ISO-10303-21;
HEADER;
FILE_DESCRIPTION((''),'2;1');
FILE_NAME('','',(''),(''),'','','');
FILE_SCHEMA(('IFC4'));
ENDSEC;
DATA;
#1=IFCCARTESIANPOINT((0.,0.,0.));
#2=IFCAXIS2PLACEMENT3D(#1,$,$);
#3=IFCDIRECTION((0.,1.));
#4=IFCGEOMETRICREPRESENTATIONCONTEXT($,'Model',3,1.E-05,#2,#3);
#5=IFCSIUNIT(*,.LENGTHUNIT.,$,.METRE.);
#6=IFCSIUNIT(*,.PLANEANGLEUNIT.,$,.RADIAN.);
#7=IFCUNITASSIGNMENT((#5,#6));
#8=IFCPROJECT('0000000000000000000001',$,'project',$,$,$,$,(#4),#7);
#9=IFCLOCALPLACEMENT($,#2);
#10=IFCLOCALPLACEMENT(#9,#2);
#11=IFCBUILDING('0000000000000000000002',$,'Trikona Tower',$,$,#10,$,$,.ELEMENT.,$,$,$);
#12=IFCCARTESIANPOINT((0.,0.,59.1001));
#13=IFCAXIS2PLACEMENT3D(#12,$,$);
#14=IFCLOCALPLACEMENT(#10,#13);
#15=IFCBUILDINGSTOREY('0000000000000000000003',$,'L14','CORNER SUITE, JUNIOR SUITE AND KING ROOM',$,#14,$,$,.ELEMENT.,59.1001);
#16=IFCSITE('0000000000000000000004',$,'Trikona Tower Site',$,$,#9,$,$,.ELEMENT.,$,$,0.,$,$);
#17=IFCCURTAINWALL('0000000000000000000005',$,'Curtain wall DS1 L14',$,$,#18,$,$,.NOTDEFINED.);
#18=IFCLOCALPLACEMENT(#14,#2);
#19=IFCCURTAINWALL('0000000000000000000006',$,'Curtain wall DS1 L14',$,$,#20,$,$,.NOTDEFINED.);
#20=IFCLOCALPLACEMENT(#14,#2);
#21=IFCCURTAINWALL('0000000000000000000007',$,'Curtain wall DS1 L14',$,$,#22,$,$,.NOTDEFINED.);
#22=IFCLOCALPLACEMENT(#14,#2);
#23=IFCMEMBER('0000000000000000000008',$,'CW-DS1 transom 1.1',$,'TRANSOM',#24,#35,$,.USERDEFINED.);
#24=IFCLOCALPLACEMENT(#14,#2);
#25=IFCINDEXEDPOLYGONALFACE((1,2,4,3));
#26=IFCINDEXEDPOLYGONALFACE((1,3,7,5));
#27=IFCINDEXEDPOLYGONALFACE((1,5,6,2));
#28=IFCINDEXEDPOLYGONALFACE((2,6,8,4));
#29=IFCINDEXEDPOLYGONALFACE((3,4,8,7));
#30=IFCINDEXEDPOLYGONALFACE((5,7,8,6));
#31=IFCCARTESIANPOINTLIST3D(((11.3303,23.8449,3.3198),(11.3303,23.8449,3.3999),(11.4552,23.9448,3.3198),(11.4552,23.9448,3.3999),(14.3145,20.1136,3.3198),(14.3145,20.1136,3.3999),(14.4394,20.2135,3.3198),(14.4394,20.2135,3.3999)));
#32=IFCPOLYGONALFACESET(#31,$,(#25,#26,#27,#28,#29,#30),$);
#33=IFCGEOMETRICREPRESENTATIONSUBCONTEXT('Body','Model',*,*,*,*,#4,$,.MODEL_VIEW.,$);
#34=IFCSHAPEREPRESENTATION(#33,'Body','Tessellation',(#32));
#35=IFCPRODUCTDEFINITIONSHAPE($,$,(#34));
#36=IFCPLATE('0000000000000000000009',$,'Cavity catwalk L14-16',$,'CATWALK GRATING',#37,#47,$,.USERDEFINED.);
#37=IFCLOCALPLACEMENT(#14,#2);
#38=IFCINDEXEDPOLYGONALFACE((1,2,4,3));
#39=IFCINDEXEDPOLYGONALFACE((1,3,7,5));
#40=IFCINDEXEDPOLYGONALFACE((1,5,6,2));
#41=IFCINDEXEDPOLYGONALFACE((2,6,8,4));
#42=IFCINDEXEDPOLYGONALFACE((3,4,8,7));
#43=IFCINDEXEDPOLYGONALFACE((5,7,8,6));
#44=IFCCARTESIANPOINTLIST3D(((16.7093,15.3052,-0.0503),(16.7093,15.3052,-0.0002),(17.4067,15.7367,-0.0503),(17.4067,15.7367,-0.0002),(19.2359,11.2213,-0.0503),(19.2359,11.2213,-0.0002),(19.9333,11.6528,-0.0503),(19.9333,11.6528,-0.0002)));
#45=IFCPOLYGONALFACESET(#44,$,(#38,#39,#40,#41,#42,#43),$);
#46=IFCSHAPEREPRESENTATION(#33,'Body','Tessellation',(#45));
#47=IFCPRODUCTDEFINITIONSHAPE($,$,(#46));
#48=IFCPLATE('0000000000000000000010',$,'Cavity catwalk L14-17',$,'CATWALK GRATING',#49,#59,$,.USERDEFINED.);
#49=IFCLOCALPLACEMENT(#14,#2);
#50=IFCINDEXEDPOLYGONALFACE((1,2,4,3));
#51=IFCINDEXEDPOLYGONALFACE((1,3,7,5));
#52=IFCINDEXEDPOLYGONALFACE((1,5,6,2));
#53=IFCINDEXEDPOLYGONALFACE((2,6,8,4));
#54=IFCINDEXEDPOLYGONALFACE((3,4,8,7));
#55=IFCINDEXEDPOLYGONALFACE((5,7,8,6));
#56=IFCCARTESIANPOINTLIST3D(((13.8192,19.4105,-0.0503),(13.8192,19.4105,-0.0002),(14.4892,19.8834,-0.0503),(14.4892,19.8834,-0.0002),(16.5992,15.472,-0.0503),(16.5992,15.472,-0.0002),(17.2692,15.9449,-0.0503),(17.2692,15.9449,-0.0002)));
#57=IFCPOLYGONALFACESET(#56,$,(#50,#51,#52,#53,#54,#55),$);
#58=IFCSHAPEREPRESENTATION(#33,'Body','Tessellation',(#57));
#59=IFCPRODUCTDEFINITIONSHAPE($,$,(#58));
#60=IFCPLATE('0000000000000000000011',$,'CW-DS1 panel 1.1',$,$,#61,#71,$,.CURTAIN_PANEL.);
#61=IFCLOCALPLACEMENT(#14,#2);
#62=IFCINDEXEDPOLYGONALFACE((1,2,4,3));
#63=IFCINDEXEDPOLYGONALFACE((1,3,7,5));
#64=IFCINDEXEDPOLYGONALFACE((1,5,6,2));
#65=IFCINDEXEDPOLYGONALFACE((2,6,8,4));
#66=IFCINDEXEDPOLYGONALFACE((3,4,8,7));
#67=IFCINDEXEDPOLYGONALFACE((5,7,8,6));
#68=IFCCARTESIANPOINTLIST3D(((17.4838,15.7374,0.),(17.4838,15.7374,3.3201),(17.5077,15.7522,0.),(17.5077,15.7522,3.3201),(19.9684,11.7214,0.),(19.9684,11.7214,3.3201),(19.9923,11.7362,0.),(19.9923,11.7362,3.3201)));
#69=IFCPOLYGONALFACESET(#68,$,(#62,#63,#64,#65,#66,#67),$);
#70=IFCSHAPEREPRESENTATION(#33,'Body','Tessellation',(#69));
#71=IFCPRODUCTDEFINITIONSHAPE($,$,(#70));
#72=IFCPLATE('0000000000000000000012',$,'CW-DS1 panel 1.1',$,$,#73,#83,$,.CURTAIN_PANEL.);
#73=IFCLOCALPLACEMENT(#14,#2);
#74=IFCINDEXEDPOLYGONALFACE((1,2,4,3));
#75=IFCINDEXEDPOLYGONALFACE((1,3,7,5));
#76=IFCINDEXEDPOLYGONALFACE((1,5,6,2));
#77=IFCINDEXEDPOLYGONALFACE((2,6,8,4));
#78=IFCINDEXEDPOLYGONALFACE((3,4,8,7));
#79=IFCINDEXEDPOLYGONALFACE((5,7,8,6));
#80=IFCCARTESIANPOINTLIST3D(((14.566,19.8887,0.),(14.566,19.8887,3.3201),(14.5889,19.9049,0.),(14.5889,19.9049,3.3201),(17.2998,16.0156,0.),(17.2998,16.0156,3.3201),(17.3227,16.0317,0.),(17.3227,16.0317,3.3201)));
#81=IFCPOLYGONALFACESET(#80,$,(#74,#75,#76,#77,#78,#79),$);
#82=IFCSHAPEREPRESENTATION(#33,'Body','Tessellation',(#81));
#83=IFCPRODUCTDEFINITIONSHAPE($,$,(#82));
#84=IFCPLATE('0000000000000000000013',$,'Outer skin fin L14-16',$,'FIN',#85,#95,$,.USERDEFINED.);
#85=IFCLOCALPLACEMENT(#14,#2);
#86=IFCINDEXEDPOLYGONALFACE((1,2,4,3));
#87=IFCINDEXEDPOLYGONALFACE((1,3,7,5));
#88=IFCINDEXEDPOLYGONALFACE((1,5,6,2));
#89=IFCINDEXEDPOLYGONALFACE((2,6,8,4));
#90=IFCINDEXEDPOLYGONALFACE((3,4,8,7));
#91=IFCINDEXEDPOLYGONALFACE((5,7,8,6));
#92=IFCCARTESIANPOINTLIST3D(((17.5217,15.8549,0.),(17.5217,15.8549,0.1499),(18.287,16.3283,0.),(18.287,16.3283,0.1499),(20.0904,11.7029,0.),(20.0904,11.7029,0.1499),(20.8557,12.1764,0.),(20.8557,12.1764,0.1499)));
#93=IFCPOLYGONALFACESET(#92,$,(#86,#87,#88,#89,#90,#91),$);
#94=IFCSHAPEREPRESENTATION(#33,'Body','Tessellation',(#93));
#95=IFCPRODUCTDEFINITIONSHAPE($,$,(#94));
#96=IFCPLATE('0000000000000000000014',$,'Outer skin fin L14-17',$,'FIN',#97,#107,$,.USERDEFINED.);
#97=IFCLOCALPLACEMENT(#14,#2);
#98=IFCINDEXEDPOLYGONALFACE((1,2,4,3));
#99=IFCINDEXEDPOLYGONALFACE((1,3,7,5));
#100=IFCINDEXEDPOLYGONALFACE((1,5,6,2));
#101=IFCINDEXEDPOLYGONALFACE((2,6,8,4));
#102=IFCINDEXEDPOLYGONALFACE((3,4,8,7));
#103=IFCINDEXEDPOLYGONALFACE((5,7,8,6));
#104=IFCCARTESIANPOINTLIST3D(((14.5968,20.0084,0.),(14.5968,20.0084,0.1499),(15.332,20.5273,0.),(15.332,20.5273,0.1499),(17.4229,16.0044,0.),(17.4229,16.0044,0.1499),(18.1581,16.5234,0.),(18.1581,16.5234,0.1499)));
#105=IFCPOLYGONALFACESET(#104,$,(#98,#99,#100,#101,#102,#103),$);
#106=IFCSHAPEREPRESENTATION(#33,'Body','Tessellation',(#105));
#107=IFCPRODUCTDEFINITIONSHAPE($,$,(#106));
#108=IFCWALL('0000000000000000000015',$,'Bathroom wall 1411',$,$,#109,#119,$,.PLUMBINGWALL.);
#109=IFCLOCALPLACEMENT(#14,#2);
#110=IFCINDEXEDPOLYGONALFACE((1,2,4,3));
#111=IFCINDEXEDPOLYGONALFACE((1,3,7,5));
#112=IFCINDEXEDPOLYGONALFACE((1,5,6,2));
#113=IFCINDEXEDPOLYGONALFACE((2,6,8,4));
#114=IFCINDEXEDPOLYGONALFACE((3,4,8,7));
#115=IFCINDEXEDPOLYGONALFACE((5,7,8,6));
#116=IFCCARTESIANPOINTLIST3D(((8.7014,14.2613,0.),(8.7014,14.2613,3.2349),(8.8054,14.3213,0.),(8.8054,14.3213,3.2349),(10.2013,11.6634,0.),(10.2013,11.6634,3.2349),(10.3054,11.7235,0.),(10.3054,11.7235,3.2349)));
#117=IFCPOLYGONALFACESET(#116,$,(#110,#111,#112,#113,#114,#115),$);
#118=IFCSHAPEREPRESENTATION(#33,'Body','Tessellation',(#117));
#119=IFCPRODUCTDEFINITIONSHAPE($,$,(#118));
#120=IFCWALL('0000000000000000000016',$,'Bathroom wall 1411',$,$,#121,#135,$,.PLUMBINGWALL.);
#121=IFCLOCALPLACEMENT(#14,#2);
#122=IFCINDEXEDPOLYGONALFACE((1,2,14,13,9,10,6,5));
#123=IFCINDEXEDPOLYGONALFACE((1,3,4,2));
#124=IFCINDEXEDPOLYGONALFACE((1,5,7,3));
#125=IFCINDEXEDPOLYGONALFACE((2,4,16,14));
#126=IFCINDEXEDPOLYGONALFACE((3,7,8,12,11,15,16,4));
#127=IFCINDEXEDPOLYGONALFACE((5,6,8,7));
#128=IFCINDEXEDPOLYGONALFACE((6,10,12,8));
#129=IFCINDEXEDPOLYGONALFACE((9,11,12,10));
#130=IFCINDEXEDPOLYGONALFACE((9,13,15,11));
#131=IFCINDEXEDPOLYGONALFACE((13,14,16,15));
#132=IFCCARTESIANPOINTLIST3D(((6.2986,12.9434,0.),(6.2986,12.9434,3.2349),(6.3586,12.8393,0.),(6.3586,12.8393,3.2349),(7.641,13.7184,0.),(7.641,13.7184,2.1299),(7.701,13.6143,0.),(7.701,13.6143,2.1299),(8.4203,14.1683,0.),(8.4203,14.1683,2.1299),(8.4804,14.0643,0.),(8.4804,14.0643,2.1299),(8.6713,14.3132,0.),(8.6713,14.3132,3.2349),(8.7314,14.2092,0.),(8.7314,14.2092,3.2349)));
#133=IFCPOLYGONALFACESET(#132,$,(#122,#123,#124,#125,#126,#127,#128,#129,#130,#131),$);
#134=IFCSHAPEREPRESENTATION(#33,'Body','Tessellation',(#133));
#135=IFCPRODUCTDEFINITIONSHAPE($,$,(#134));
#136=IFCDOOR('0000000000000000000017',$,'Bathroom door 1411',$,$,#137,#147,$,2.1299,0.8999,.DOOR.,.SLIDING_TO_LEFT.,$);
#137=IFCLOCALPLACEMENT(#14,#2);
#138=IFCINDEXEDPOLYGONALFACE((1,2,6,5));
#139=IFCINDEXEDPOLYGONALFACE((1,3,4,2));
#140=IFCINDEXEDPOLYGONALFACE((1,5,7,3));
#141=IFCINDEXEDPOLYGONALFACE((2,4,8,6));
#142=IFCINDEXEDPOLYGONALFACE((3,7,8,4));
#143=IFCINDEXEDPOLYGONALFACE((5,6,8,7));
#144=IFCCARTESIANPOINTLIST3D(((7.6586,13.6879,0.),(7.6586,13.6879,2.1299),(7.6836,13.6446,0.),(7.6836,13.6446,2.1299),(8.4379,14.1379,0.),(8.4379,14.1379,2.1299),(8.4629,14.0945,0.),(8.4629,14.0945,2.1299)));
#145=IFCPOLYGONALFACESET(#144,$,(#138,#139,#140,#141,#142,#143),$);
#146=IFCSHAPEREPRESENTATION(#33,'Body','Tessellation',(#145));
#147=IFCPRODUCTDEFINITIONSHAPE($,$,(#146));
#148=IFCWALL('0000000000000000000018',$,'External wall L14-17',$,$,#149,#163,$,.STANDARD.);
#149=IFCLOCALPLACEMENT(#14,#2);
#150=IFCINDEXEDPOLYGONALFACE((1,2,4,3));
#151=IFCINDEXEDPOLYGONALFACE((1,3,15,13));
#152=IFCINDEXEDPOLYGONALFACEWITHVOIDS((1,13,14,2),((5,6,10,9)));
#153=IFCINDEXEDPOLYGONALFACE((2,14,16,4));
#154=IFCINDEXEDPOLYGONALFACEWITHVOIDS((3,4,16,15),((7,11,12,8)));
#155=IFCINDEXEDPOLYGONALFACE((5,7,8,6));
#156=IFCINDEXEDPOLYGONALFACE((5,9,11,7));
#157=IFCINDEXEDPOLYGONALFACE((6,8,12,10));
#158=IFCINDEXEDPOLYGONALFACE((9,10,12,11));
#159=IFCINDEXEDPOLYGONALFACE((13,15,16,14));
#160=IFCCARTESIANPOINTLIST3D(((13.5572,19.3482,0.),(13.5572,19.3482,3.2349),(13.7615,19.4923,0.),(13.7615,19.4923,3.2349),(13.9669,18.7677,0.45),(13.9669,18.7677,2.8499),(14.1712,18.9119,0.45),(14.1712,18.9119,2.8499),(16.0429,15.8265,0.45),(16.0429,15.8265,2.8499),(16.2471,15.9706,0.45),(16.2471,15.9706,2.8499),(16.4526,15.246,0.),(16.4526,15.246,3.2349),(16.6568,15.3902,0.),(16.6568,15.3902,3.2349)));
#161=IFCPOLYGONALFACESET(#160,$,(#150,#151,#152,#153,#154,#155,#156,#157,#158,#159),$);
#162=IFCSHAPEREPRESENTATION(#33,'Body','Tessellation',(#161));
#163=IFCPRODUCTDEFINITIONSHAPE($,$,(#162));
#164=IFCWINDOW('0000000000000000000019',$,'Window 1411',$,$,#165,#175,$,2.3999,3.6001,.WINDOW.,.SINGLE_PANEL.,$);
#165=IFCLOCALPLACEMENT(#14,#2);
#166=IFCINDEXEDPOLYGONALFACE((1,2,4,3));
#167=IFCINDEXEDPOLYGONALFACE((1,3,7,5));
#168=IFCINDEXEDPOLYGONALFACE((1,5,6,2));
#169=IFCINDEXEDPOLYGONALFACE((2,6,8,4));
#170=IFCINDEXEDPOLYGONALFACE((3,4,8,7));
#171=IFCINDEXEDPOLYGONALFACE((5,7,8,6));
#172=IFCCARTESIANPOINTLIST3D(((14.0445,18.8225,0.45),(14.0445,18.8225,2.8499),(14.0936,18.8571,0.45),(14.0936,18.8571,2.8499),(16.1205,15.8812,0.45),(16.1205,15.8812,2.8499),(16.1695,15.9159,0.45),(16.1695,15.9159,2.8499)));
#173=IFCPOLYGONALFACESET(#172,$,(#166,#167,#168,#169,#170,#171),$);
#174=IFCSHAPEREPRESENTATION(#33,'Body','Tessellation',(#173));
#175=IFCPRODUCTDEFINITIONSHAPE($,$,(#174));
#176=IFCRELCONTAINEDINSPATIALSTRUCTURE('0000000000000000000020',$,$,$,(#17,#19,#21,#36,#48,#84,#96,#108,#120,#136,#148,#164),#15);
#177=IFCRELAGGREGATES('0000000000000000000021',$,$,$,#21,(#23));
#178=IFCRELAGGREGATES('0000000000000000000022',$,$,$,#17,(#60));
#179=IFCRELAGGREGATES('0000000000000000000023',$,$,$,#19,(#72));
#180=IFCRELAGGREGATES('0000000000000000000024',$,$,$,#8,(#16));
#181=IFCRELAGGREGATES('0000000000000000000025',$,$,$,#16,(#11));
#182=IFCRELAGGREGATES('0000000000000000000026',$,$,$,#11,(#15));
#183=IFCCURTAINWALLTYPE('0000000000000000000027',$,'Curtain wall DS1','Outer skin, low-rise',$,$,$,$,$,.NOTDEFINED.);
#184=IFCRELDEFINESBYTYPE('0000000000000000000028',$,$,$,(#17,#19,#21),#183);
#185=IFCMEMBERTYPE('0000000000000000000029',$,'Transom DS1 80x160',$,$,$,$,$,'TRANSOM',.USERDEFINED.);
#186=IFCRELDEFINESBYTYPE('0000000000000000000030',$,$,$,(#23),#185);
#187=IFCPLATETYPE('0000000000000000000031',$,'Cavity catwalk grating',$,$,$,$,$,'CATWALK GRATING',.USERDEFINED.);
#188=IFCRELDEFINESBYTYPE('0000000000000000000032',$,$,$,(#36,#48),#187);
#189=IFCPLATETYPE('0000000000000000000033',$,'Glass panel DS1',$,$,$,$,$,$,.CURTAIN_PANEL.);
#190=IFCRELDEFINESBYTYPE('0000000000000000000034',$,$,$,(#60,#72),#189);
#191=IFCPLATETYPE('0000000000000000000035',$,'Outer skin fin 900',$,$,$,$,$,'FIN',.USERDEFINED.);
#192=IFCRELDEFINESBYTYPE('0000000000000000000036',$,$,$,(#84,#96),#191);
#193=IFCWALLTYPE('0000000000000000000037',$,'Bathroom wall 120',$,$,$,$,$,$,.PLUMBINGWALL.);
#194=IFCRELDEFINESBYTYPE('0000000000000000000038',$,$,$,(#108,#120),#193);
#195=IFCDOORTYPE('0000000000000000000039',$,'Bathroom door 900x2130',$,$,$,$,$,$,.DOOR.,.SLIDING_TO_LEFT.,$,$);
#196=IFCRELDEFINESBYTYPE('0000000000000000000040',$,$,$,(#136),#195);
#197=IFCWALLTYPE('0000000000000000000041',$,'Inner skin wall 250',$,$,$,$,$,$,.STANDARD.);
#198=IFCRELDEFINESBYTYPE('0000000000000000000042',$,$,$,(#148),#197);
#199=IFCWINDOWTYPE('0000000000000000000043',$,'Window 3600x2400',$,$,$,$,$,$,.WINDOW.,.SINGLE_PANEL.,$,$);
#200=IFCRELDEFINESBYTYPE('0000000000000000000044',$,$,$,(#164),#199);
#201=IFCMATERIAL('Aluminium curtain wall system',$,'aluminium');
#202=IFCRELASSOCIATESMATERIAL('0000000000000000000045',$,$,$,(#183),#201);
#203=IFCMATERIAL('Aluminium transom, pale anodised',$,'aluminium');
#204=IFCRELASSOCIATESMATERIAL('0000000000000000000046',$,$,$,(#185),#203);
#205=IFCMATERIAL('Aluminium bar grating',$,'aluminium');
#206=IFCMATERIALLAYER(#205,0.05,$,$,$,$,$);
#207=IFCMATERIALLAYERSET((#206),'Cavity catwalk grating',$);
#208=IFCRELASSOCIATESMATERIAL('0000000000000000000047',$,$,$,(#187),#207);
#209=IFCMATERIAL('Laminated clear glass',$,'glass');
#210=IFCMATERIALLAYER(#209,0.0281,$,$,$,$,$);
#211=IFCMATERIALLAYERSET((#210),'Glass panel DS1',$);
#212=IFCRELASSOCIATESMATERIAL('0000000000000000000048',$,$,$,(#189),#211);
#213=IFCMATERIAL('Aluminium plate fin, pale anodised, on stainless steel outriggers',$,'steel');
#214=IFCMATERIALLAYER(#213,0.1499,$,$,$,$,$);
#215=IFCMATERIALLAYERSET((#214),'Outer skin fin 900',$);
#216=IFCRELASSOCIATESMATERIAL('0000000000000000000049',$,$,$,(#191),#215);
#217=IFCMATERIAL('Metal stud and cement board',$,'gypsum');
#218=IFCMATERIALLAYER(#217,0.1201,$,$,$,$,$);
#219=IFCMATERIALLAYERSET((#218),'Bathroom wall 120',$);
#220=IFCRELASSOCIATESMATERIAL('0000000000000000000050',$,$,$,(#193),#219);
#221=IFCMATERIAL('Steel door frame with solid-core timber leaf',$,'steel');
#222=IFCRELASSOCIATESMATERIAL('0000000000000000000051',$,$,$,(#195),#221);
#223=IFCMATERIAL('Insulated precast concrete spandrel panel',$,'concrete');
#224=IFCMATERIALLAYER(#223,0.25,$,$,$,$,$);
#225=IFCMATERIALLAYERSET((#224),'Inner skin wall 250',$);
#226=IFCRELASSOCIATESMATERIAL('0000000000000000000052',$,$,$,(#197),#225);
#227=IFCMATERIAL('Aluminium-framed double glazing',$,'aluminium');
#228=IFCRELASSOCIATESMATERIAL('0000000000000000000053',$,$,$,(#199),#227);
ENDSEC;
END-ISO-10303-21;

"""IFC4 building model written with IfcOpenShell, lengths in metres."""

from ifc_helpers import new_model, si_unit, direction, frame, frame_2d, origin, origin_2d, place, context, subcontext, project, spatial, rectangle, extrude, material, layer, layer_set, material_profile, profile_set, type_object, element, fill, aggregate, save


model = new_model("IFC4")

# Units and contexts
model_context = context("Model", 3, precision=1e-05, world=origin(), true_north=direction((0.0, 1.0)))
body_context = subcontext(model_context, "Body", "Model", "MODEL_VIEW")
ifc_project = project(units=[si_unit("LENGTHUNIT", "METRE"), si_unit("PLANEANGLEUNIT", "RADIAN")], contexts=[model_context])

# Site, building, storey
site_placement = place(None, origin())
site = spatial("IfcSite", under=ifc_project, at=site_placement, Name="Trikona Tower Site", CompositionType="ELEMENT", RefElevation=0.0)
building_placement = place(site_placement, origin())
building = spatial("IfcBuilding", under=site, at=building_placement, Name="Trikona Tower", CompositionType="ELEMENT")
storey_placement = place(building_placement, frame((0.0, 0.0, 59.1001)))
storey = spatial("IfcBuildingStorey", under=building, at=storey_placement, Name="L14", Description="CORNER SUITE, JUNIOR SUITE AND KING ROOM", CompositionType="ELEMENT", Elevation=59.1001)

# Curtain walls
ifc_material_1 = material(Name="Aluminium curtain wall system", Category="aluminium")
curtain_wall_type = type_object("IfcCurtainWallType", Name="Curtain wall DS1", Description="Outer skin, low-rise", PredefinedType="NOTDEFINED", material=ifc_material_1)
curtain_wall_1_placement = place(storey_placement, origin())
curtain_wall_1 = element("IfcCurtainWall", 1, at=curtain_wall_1_placement, inside=storey, type_object=curtain_wall_type, Name="Curtain wall DS1 L14", PredefinedType="NOTDEFINED")
curtain_wall_2_placement = place(storey_placement, origin())
curtain_wall_2 = element("IfcCurtainWall", 2, at=curtain_wall_2_placement, inside=storey, type_object=curtain_wall_type, Name="Curtain wall DS1 L14", PredefinedType="NOTDEFINED")

# Curtain wall
curtain_wall_3_placement = place(storey_placement, origin())
curtain_wall_3 = element("IfcCurtainWall", 3, at=curtain_wall_3_placement, inside=storey, type_object=curtain_wall_type, Name="Curtain wall DS1 L14", PredefinedType="NOTDEFINED")

# Member
ifc_material_2 = material(Name="Aluminium transom, pale anodised", Category="aluminium")
ifc_material_profile_1 = material_profile(ifc_material_2, rectangle(XDim=0.1599, YDim=0.0801, at=origin_2d()), Name="TRN-DS1")
ifc_profile_set_1 = profile_set([ifc_material_profile_1], Name="Aluminium transom, pale anodised")
member_type_1 = type_object("IfcMemberType", Name="Transom DS1 80x160", ElementType="TRANSOM", PredefinedType="USERDEFINED", material=ifc_profile_set_1)
member_1_placement = place(storey_placement, frame((14.377, 20.1636, 3.3599), z_axis=(-0.624589, 0.780954, 0.0), x_axis=(-0.780954, -0.624589, 0.0)))
member_1 = element("IfcMember", 4, at=member_1_placement, type_object=member_type_1, Name="CW-DS1 transom 1.1", ObjectType="TRANSOM", PredefinedType="USERDEFINED", context=body_context, shape_type="SweptSolid", body=[
    extrude(rectangle(XDim=0.1599, YDim=0.0801, at=origin_2d()), origin(), (0.0, 0.0, 1.0), 4.7778),
])
aggregate(curtain_wall_3, [member_1])

# Plates
ifc_material_3 = material(Name="Aluminium bar grating", Category="aluminium")
ifc_layer_1 = layer(ifc_material_3, 0.05)
ifc_layer_set_1 = layer_set([ifc_layer_1], Name="Cavity catwalk grating")
plate_type_1 = type_object("IfcPlateType", Name="Cavity catwalk grating", ElementType="CATWALK GRATING", PredefinedType="USERDEFINED", material=ifc_layer_set_1)
plate_1_placement = place(storey_placement, frame((18.3213, 13.479, -0.0503), z_axis=(0.0, 0.0, 1.0), x_axis=(-0.526119, 0.850411, 0.0)))
element("IfcPlate", 5, at=plate_1_placement, inside=storey, type_object=plate_type_1, Name="Cavity catwalk L14-16", ObjectType="CATWALK GRATING", PredefinedType="USERDEFINED", context=body_context, shape_type="SweptSolid", body=[
    extrude(rectangle(XDim=4.8022, YDim=0.8201, at=origin_2d()), origin(), (0.0, 0.0, 1.0), 0.05),
])
plate_2_placement = place(storey_placement, frame((15.5442, 17.6777, -0.0503), z_axis=(0.0, 0.0, 1.0), x_axis=(-0.576662, 0.816983, 0.0)))
element("IfcPlate", 6, at=plate_2_placement, inside=storey, type_object=plate_type_1, Name="Cavity catwalk L14-17", ObjectType="CATWALK GRATING", PredefinedType="USERDEFINED", context=body_context, shape_type="SweptSolid", body=[
    extrude(rectangle(XDim=4.8208, YDim=0.8201, at=origin_2d()), origin(), (0.0, 0.0, 1.0), 0.05),
])

# Plates
ifc_material_4 = material(Name="Laminated clear glass", Category="glass")
ifc_layer_2 = layer(ifc_material_4, 0.0281)
ifc_layer_set_2 = layer_set([ifc_layer_2], Name="Glass panel DS1")
plate_type_2 = type_object("IfcPlateType", Name="Glass panel DS1", PredefinedType="CURTAIN_PANEL", material=ifc_layer_set_2)
plate_3_placement = place(storey_placement, frame((18.738, 13.7368, 0.0), z_axis=(0.0, 0.0, 1.0), x_axis=(-0.52612, 0.85041, 0.0)))
plate_3 = element("IfcPlate", 7, at=plate_3_placement, type_object=plate_type_2, Name="CW-DS1 panel 1.1", PredefinedType="CURTAIN_PANEL", context=body_context, shape_type="SweptSolid", body=[
    extrude(rectangle(XDim=4.7224, YDim=0.0281, at=origin_2d()), origin(), (0.0, 0.0, 1.0), 3.3201),
])
aggregate(curtain_wall_1, [plate_3])
plate_4_placement = place(storey_placement, frame((15.9443, 17.9602, 0.0), z_axis=(0.0, 0.0, 1.0), x_axis=(-0.576658, 0.816985, 0.0)))
plate_4 = element("IfcPlate", 8, at=plate_4_placement, type_object=plate_type_2, Name="CW-DS1 panel 1.1", PredefinedType="CURTAIN_PANEL", context=body_context, shape_type="SweptSolid", body=[
    extrude(rectangle(XDim=4.7407, YDim=0.0281, at=origin_2d()), origin(), (0.0, 0.0, 1.0), 3.3201),
])
aggregate(curtain_wall_2, [plate_4])

# Plates
ifc_material_5 = material(Name="Aluminium plate fin, pale anodised, on stainless steel outriggers", Category="steel")
ifc_layer_3 = layer(ifc_material_5, 0.1499)
ifc_layer_set_3 = layer_set([ifc_layer_3], Name="Outer skin fin 900")
plate_type_3 = type_object("IfcPlateType", Name="Outer skin fin 900", ElementType="FIN", PredefinedType="USERDEFINED", material=ifc_layer_set_3)
plate_5_placement = place(storey_placement, frame((19.1887, 14.0156, 0.0), z_axis=(0.0, 0.0, 1.0), x_axis=(-0.526119, 0.850411, 0.0)))
element("IfcPlate", 9, at=plate_5_placement, inside=storey, type_object=plate_type_3, Name="Outer skin fin L14-16", ObjectType="FIN", PredefinedType="USERDEFINED", context=body_context, shape_type="SweptSolid", body=[
    extrude(rectangle(XDim=4.8823, YDim=0.8999, at=origin_2d()), origin(), (0.0, 0.0, 1.0), 0.1499),
])
plate_6_placement = place(storey_placement, frame((16.3774, 18.2659, 0.0), z_axis=(0.0, 0.0, 1.0), x_axis=(-0.576662, 0.816983, 0.0)))
element("IfcPlate", 10, at=plate_6_placement, inside=storey, type_object=plate_type_3, Name="Outer skin fin L14-17", ObjectType="FIN", PredefinedType="USERDEFINED", context=body_context, shape_type="SweptSolid", body=[
    extrude(rectangle(XDim=4.9009, YDim=0.8999, at=origin_2d()), origin(), (0.0, 0.0, 1.0), 0.1499),
])

# Wall
ifc_material_6 = material(Name="Metal stud and cement board", Category="gypsum")
ifc_layer_4 = layer(ifc_material_6, 0.1201)
ifc_layer_set_4 = layer_set([ifc_layer_4], Name="Bathroom wall 120")
wall_type_1 = type_object("IfcWallType", Name="Bathroom wall 120", PredefinedType="PLUMBINGWALL", material=ifc_layer_set_4)
wall_1_placement = place(storey_placement, frame((10.2534, 11.6934, 0.0), z_axis=(0.0, 0.0, 1.0), x_axis=(-0.500025, 0.866011, 0.0)))
element("IfcWall", 11, at=wall_1_placement, inside=storey, type_object=wall_type_1, Name="Bathroom wall 1411", PredefinedType="PLUMBINGWALL", context=body_context, shape_type="SweptSolid", body=[
    extrude(rectangle(XDim=2.9998, YDim=0.1201, at=frame_2d((1.5, 0.0))), origin(), (0.0, 0.0, 1.0), 3.2349),
])

# Wall, opening, door
wall_2_placement = place(storey_placement, frame((6.3286, 12.8914, 0.0), z_axis=(0.0, 0.0, 1.0), x_axis=(0.866036, 0.499982, 0.0)))
wall_2 = element("IfcWall", 12, at=wall_2_placement, inside=storey, type_object=wall_type_1, Name="Bathroom wall 1411", PredefinedType="PLUMBINGWALL", context=body_context, shape_type="SweptSolid", body=[
    extrude(rectangle(XDim=2.7397, YDim=0.1201, at=frame_2d((1.3699, 0.0))), origin(), (0.0, 0.0, 1.0), 3.2349),
])
opening_1_placement = place(wall_2_placement, frame((1.55, 0.0, 0.0)))
opening_1 = element("IfcOpeningElement", 13, at=opening_1_placement, cuts=wall_2, PredefinedType="OPENING", context=body_context, shape_type="SweptSolid", body=[
    extrude(rectangle(XDim=0.8999, YDim=2.1299, at=frame_2d((0.45, 1.0649))), frame((0.0, 0.0701, 0.0), z_axis=(0.0, -1.0, 0.0), x_axis=(1.0, 0.0, 0.0)), (0.0, 0.0, 1.0), 0.1401),
])
ifc_material_7 = material(Name="Steel door frame with solid-core timber leaf", Category="steel")
door_type = type_object("IfcDoorType", Name="Bathroom door 900x2130", OperationType="SLIDING_TO_LEFT", PredefinedType="DOOR", material=ifc_material_7)
door_placement = place(opening_1_placement, origin())
door = element("IfcDoor", 14, at=door_placement, inside=storey, type_object=door_type, Name="Bathroom door 1411", OperationType="SLIDING_TO_LEFT", OverallHeight=2.1299, OverallWidth=0.8999, PredefinedType="DOOR", context=body_context, shape_type="SweptSolid", body=[
    extrude(rectangle(XDim=0.8999, YDim=2.1299, at=frame_2d((0.45, 1.0649))), frame((0.0, 0.0249, 0.0), z_axis=(0.0, -1.0, 0.0), x_axis=(1.0, 0.0, 0.0)), (0.0, 0.0, 1.0), 0.05),
])
fill(opening_1, door)

# Wall, opening, window
ifc_material_8 = material(Name="Insulated precast concrete spandrel panel", Category="concrete")
ifc_layer_5 = layer(ifc_material_8, 0.25)
ifc_layer_set_5 = layer_set([ifc_layer_5], Name="Inner skin wall 250")
wall_type_2 = type_object("IfcWallType", Name="Inner skin wall 250", PredefinedType="STANDARD", material=ifc_layer_set_5)
wall_3_placement = place(storey_placement, frame((16.5547, 15.3181, 0.0), z_axis=(0.0, 0.0, 1.0), x_axis=(-0.576643, 0.816996, 0.0)))
wall_3 = element("IfcWall", 15, at=wall_3_placement, inside=storey, type_object=wall_type_2, Name="External wall L14-17", PredefinedType="STANDARD", context=body_context, shape_type="SweptSolid", body=[
    extrude(rectangle(XDim=5.021, YDim=0.25, at=frame_2d((2.5105, 0.0))), origin(), (0.0, 0.0, 1.0), 3.2349),
])
opening_2_placement = place(wall_3_placement, frame((0.7104, 0.0, 0.45)))
opening_2 = element("IfcOpeningElement", 16, at=opening_2_placement, cuts=wall_3, PredefinedType="OPENING", context=body_context, shape_type="SweptSolid", body=[
    extrude(rectangle(XDim=3.6001, YDim=2.3999, at=frame_2d((1.8, 1.2))), frame((0.0, 0.135, 0.0), z_axis=(0.0, -1.0, 0.0), x_axis=(1.0, 0.0, 0.0)), (0.0, 0.0, 1.0), 0.27),
])
ifc_material_9 = material(Name="Aluminium-framed double glazing", Category="aluminium")
window_type = type_object("IfcWindowType", Name="Window 3600x2400", PartitioningType="SINGLE_PANEL", PredefinedType="WINDOW", material=ifc_material_9)
window_1_placement = place(opening_2_placement, origin())
window_1 = element("IfcWindow", 17, at=window_1_placement, inside=storey, type_object=window_type, Name="Window 1411", OverallHeight=2.3999, OverallWidth=3.6001, PartitioningType="SINGLE_PANEL", PredefinedType="WINDOW", context=body_context, shape_type="SweptSolid", body=[
    extrude(rectangle(XDim=3.6001, YDim=2.3999, at=frame_2d((1.8, 1.2))), frame((0.0, 0.03, 0.0), z_axis=(0.0, -1.0, 0.0), x_axis=(1.0, 0.0, 0.0)), (0.0, 0.0, 1.0), 0.0601),
])
fill(opening_2, window_1)

save(model, "model.ifc")
